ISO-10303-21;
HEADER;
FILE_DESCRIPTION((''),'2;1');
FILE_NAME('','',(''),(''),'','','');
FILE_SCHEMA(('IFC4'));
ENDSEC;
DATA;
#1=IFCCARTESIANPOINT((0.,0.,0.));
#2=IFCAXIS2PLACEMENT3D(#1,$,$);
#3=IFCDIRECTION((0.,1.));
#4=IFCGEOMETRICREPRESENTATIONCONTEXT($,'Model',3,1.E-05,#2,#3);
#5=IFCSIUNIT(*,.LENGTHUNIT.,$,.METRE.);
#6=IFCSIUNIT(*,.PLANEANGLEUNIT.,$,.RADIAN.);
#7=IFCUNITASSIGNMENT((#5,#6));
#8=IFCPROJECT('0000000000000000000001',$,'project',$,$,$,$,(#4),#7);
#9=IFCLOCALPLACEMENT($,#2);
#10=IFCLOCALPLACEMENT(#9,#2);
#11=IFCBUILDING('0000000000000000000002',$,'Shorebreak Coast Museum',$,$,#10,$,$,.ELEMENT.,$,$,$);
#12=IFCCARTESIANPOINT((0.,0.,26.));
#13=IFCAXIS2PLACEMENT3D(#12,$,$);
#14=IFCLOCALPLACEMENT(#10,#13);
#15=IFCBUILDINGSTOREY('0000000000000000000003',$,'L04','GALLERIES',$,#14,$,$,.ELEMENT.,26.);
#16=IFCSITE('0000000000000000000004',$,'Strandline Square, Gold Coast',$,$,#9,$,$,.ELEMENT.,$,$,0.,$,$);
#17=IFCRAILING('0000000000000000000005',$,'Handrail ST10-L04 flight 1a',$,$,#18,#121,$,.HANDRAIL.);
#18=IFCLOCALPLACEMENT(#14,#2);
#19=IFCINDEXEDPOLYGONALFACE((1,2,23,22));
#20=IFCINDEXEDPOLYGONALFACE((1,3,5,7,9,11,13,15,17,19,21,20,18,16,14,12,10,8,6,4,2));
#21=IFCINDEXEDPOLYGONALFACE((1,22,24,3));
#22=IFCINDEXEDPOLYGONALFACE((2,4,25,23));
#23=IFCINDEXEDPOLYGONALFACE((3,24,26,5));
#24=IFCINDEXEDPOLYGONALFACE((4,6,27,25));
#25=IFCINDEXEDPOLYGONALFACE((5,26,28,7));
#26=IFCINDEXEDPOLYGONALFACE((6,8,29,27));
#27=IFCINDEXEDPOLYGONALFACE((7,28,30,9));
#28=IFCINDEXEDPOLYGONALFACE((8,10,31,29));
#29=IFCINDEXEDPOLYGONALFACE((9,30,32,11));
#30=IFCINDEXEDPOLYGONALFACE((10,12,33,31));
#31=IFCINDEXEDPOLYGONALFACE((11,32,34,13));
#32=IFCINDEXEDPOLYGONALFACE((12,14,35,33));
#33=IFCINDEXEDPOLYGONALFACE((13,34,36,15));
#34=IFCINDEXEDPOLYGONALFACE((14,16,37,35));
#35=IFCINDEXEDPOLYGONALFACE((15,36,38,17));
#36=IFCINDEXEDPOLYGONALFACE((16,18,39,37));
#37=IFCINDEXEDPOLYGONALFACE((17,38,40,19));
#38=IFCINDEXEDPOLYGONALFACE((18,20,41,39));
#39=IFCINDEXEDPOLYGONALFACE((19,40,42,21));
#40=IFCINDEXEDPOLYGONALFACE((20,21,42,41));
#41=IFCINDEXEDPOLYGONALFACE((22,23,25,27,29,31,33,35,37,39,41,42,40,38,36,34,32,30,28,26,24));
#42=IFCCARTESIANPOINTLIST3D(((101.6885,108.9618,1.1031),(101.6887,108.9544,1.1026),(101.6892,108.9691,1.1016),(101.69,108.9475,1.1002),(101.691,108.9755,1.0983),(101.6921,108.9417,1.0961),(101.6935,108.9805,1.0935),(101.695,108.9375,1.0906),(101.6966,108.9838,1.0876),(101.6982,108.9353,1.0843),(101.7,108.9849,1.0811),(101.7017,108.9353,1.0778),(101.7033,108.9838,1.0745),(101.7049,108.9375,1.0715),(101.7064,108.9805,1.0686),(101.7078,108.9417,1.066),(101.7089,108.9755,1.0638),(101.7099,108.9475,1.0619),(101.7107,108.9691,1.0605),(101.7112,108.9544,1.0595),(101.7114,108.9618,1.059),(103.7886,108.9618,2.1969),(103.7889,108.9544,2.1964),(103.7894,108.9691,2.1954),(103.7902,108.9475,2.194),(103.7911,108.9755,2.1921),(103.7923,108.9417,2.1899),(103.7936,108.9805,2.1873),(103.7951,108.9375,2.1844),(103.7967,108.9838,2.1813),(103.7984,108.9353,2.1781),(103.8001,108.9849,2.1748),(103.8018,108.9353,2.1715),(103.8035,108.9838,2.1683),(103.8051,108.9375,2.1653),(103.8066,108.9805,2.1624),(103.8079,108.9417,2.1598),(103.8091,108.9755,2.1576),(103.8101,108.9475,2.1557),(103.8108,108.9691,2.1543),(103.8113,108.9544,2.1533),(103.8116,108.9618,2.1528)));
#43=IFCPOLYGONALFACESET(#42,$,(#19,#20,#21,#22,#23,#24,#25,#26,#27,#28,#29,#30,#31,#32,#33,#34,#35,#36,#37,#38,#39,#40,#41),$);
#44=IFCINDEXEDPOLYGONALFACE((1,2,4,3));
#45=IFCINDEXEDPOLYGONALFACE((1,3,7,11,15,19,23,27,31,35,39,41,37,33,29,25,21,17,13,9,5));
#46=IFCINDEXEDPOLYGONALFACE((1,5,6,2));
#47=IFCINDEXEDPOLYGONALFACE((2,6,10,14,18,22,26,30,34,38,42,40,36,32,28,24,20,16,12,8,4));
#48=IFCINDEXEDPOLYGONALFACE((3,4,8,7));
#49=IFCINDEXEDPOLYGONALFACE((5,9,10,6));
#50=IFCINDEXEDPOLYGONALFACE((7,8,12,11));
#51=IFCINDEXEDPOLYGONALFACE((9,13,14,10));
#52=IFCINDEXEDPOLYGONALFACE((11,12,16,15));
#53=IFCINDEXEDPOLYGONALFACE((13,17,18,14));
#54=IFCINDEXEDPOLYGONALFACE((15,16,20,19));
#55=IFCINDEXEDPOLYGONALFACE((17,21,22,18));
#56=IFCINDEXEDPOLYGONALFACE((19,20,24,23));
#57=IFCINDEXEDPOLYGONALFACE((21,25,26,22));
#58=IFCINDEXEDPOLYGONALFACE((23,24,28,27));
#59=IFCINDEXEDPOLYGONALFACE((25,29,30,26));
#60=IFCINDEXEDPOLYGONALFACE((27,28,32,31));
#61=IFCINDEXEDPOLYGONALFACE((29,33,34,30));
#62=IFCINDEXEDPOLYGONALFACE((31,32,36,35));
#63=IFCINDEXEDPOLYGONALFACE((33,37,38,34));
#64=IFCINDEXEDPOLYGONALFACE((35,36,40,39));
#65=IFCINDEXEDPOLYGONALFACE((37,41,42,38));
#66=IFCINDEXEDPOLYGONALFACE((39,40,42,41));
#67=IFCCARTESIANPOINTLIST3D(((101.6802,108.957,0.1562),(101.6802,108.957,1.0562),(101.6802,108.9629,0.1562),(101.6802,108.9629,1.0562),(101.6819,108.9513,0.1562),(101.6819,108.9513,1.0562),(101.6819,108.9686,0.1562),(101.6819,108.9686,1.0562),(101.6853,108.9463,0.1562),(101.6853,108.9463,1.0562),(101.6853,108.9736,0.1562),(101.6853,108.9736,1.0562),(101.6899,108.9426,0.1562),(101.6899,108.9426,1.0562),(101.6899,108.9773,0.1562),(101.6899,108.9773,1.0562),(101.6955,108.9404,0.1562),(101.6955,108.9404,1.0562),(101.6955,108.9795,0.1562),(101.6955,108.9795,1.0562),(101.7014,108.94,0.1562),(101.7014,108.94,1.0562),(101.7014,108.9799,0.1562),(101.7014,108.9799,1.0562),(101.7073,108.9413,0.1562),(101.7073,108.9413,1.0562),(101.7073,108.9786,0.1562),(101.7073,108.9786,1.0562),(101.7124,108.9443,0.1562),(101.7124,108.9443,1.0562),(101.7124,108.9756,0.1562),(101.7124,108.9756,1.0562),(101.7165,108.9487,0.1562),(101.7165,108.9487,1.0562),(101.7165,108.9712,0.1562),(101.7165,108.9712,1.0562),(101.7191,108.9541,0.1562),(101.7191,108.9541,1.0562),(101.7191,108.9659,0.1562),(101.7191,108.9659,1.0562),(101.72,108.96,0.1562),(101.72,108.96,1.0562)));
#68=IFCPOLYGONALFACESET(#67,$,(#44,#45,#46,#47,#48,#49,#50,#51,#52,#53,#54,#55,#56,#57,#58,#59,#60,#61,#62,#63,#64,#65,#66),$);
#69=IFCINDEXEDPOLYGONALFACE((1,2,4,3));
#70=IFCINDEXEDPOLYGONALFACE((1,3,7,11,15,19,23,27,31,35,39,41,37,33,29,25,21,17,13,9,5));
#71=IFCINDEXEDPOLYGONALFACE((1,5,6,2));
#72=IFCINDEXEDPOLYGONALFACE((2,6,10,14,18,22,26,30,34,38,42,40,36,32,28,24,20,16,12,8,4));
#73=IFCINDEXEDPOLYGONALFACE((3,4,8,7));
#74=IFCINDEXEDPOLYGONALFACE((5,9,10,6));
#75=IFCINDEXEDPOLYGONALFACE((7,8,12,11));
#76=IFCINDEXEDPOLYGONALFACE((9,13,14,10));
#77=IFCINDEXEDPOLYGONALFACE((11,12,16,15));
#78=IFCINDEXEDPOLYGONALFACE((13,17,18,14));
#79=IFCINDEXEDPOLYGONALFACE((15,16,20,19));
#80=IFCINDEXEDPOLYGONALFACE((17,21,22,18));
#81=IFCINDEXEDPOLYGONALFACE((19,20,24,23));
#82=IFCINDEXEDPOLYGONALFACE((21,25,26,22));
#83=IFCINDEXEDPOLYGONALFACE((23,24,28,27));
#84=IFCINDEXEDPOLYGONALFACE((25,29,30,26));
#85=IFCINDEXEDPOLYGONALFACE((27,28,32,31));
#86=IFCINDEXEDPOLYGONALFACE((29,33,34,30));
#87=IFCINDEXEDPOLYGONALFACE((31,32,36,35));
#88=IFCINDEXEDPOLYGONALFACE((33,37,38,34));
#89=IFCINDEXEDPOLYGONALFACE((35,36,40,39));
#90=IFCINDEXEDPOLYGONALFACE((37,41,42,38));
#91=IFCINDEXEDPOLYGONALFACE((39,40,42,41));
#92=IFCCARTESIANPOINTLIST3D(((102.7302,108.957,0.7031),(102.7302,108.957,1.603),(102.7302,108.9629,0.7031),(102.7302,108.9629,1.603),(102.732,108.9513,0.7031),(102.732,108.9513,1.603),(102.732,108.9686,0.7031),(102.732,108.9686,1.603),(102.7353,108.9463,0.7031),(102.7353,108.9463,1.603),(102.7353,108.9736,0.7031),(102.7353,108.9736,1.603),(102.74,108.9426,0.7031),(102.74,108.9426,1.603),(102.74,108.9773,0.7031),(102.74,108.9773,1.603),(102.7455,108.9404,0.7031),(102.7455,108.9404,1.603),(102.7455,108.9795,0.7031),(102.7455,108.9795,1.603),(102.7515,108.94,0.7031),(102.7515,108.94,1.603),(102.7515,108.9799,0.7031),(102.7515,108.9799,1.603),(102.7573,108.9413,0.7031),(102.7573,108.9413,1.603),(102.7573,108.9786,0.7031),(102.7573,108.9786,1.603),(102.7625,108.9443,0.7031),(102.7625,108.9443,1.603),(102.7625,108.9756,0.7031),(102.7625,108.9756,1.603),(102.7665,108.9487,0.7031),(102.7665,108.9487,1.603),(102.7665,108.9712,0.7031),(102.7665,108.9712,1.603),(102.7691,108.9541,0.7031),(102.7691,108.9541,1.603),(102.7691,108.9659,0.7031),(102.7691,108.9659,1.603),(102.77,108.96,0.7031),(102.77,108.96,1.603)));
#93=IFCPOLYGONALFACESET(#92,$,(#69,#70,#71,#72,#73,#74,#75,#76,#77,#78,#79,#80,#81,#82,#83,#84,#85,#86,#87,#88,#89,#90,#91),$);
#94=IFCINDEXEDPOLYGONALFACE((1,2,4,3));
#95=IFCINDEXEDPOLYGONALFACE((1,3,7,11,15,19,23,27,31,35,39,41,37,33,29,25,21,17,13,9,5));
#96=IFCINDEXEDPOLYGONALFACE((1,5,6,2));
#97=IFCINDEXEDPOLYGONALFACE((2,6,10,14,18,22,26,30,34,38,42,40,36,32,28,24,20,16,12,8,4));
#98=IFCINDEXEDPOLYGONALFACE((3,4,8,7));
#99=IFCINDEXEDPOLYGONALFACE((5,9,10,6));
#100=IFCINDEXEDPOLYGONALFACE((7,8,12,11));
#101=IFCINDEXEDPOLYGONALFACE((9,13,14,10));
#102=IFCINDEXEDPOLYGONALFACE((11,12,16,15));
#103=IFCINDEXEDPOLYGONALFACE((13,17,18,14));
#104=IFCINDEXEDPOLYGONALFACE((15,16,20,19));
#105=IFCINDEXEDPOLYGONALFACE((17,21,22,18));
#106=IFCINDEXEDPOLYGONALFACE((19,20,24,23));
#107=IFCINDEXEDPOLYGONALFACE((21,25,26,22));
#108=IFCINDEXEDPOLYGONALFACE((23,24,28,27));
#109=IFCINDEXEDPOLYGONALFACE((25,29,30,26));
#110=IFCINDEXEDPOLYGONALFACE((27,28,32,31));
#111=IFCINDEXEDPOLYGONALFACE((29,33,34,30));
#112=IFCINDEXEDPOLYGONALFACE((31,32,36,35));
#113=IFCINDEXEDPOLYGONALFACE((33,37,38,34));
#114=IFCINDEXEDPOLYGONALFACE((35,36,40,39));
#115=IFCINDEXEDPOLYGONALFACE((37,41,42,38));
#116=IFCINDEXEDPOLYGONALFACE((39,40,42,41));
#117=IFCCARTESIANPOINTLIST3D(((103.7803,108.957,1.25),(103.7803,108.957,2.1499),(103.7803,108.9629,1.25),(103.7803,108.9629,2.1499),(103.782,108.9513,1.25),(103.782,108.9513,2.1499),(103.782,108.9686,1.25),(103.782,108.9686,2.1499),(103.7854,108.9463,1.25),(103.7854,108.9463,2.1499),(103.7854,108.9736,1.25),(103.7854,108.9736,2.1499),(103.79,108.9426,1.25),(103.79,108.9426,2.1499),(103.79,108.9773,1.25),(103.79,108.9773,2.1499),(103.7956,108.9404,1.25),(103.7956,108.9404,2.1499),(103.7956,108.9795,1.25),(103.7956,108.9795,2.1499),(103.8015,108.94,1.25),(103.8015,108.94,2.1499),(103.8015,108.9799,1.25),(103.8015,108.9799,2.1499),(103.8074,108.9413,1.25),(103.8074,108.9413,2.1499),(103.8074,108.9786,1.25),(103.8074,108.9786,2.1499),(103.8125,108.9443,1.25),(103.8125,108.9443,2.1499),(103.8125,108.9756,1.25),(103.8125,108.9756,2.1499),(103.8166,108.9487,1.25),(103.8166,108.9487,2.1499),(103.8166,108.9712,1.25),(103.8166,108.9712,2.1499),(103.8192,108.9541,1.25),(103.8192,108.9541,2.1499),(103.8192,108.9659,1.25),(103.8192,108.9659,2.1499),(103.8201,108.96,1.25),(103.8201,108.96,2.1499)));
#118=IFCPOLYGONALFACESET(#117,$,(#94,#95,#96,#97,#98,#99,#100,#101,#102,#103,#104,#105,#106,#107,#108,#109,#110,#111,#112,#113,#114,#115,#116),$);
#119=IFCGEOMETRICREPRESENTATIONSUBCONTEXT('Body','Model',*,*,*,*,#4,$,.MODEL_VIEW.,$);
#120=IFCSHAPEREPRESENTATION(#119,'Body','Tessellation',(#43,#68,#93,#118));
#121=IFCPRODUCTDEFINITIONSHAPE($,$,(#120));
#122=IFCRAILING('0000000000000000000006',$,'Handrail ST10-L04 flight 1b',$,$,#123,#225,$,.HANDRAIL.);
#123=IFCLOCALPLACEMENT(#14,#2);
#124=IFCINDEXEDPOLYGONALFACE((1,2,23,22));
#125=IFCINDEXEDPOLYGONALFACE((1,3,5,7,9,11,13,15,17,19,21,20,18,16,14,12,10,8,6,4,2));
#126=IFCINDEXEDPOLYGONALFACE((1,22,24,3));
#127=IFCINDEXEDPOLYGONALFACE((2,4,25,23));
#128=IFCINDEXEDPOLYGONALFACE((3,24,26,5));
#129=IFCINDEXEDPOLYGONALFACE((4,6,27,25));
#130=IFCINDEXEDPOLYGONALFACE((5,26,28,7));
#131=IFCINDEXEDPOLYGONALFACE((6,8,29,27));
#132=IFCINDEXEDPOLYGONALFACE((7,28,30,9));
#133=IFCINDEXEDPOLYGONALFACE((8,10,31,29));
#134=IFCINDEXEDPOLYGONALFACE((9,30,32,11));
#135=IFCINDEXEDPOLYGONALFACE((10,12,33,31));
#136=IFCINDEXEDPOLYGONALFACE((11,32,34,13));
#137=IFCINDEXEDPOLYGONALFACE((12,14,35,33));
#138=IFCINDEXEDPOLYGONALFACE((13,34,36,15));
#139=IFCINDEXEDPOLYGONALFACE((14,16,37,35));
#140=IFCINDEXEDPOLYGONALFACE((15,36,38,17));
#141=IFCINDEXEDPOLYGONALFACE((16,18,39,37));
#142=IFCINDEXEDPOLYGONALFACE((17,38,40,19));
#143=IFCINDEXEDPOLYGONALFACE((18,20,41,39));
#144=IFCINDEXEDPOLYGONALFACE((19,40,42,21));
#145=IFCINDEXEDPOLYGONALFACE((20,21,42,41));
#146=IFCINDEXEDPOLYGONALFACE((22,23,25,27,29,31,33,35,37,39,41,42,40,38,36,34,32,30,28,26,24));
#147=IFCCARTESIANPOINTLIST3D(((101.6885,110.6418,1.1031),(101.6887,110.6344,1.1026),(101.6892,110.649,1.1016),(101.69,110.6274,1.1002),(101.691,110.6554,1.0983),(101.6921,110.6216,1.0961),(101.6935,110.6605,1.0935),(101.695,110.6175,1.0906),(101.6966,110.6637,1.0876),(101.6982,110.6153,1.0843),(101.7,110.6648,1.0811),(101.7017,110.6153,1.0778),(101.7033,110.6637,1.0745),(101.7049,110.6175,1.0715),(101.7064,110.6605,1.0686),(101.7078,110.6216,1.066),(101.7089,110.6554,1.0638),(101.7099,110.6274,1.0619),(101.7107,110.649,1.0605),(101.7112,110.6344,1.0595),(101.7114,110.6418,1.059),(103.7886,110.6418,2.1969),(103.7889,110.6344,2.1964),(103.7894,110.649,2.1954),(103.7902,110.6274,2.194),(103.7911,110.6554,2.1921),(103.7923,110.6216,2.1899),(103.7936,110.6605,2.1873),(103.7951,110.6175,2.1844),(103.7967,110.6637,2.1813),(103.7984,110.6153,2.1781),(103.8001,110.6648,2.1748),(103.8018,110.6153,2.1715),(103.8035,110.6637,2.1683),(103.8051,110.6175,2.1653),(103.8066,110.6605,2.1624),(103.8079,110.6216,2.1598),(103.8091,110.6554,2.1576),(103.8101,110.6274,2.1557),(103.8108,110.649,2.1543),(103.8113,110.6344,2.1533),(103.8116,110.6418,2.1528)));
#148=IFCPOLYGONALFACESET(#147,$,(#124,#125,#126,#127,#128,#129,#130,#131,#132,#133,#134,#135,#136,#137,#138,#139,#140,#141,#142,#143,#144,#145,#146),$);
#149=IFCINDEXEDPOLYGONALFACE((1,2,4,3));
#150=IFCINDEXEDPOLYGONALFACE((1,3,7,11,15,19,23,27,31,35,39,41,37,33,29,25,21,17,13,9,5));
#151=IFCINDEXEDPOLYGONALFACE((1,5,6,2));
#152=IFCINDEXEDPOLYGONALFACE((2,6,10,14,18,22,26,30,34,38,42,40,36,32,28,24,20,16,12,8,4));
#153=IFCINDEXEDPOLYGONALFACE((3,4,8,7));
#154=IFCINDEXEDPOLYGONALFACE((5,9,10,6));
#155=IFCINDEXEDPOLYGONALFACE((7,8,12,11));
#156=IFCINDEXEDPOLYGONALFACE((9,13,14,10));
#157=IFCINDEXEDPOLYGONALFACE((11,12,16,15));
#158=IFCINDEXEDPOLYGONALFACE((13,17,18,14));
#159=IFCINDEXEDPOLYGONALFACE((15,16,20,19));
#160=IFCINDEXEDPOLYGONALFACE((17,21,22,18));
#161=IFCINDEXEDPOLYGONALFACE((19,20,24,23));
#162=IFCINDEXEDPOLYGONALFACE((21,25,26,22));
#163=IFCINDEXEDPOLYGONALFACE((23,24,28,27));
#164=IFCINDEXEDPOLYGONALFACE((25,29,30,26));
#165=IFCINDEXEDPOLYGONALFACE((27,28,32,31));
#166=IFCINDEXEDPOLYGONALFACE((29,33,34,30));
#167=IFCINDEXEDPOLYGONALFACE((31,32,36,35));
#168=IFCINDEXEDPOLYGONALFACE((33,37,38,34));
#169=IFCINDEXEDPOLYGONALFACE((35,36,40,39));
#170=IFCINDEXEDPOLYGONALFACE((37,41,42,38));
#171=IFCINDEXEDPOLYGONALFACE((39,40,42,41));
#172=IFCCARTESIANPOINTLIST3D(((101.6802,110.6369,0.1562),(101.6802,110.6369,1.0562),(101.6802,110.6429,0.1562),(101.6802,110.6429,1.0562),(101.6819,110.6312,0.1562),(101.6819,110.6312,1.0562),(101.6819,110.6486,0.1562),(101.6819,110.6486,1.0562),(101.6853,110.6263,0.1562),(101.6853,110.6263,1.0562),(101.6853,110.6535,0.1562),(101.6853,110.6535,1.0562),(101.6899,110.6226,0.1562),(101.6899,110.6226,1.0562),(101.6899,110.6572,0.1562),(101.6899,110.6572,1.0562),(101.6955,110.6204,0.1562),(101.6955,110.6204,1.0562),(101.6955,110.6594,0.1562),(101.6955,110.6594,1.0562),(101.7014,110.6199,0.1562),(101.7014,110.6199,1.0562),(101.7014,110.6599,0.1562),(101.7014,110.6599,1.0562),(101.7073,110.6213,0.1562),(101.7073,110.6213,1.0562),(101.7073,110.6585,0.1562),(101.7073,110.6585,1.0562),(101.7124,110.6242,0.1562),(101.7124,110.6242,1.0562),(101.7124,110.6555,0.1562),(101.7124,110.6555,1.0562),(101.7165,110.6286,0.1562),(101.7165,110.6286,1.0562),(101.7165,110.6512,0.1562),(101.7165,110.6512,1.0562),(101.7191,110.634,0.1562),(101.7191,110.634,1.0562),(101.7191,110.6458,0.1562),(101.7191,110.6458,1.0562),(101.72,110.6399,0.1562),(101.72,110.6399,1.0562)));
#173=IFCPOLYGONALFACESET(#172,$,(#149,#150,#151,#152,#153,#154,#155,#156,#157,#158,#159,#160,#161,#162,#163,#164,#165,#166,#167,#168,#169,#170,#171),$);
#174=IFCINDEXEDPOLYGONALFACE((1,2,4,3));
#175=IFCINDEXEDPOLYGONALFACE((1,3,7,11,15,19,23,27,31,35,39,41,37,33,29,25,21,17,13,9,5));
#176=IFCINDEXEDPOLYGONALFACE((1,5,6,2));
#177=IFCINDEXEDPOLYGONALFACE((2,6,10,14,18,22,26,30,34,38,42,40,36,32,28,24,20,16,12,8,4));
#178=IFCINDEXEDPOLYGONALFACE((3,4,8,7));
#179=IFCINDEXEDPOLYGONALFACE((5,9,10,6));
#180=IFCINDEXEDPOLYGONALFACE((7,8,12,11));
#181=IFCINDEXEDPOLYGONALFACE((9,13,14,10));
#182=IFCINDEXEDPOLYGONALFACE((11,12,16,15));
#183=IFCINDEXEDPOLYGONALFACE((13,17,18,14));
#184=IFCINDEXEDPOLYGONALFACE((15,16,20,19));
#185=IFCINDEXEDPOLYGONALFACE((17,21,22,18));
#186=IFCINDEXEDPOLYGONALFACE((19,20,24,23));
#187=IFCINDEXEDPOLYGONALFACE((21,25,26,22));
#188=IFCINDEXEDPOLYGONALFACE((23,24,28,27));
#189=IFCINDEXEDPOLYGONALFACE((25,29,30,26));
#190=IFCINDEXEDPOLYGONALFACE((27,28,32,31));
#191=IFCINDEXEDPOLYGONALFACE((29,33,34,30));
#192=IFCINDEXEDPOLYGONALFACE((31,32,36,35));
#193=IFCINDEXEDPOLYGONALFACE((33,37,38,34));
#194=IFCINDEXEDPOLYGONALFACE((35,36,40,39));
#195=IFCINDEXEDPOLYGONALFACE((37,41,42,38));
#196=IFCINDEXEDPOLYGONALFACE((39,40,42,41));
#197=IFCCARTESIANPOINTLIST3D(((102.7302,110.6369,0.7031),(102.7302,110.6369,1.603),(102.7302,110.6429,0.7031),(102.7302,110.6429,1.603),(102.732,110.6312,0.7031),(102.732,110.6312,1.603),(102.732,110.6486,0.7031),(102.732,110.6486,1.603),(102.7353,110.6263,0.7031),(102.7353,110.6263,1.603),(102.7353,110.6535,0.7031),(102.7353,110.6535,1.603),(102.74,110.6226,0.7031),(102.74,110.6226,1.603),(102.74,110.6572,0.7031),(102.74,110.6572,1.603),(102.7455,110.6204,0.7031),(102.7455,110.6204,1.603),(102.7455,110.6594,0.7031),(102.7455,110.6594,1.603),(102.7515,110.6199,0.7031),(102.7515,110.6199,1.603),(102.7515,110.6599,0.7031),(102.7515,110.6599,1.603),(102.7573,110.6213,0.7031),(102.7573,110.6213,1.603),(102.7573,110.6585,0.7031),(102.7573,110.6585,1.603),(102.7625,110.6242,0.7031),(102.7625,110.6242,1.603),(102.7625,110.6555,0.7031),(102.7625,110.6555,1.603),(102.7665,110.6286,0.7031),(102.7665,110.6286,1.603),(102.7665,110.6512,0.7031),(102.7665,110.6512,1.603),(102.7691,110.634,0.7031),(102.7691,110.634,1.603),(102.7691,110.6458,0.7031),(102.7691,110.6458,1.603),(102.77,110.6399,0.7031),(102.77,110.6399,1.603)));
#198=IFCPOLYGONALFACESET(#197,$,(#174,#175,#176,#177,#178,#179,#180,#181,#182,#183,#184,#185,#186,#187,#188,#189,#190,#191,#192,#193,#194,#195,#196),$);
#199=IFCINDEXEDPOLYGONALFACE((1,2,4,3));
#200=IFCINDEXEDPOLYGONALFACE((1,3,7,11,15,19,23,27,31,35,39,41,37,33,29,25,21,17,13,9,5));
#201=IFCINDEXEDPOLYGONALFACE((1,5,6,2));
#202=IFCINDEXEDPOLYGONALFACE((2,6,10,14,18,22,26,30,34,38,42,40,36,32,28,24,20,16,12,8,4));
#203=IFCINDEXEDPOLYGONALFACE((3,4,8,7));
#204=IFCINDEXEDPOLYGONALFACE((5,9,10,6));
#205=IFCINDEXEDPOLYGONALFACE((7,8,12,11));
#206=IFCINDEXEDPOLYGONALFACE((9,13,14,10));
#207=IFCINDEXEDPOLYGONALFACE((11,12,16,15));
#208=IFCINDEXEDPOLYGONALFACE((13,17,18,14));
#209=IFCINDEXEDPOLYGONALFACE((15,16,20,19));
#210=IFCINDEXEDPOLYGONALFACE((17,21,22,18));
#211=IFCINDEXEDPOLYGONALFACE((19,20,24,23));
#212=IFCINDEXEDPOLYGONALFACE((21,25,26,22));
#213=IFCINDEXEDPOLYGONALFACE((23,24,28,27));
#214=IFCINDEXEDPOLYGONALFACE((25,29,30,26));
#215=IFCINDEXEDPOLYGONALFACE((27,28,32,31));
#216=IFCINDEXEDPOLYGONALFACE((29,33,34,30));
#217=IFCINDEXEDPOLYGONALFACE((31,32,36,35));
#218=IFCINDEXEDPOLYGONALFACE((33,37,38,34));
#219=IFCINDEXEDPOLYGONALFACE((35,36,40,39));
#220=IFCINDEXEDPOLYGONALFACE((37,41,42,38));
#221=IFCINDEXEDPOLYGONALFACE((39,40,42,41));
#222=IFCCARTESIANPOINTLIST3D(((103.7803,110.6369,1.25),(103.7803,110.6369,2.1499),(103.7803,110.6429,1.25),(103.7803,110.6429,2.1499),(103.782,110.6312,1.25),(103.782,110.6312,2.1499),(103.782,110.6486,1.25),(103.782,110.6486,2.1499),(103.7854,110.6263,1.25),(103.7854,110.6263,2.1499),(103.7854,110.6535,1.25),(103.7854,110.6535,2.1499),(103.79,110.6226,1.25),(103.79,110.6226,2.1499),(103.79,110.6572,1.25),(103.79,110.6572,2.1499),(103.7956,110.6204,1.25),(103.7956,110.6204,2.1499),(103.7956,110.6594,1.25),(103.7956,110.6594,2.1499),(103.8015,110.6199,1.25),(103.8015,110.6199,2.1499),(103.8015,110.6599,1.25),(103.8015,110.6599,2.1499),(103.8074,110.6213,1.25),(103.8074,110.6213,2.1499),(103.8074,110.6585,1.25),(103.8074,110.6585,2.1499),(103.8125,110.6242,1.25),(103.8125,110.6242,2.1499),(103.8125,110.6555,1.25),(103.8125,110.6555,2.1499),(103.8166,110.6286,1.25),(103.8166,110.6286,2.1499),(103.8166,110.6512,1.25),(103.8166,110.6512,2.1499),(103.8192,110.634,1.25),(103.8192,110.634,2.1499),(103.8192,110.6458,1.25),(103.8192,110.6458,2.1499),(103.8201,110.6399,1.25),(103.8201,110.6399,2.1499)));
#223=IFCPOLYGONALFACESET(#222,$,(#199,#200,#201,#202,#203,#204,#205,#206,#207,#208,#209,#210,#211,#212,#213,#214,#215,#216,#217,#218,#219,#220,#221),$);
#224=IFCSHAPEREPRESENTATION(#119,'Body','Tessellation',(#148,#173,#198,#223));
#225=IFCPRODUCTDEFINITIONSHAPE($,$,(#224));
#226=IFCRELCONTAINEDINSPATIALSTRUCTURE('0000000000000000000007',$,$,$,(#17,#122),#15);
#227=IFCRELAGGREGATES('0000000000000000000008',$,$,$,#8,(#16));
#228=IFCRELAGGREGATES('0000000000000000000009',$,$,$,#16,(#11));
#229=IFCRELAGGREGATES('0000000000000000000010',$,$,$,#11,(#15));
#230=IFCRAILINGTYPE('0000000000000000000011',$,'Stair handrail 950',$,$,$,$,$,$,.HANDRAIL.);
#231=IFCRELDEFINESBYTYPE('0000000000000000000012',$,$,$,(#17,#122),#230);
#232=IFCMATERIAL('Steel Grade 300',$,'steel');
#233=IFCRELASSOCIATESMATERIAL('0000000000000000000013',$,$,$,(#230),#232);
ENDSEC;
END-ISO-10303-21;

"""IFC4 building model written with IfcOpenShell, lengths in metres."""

from ifc_helpers import new_model, si_unit, direction, frame, origin, origin_2d, place, context, subcontext, project, spatial, circle, extrude, material, type_object, element, save


model = new_model("IFC4")

# Units and contexts
model_context = context("Model", 3, precision=1e-05, world=origin(), true_north=direction((0.0, 1.0)))
body_context = subcontext(model_context, "Body", "Model", "MODEL_VIEW")
ifc_project = project(units=[si_unit("LENGTHUNIT", "METRE"), si_unit("PLANEANGLEUNIT", "RADIAN")], contexts=[model_context])

# Site, building, storey
site_placement = place(None, origin())
site = spatial("IfcSite", under=ifc_project, at=site_placement, Name="Strandline Square, Gold Coast", CompositionType="ELEMENT", RefElevation=0.0)
building_placement = place(site_placement, origin())
building = spatial("IfcBuilding", under=site, at=building_placement, Name="Shorebreak Coast Museum", CompositionType="ELEMENT")
storey_placement = place(building_placement, frame((0.0, 0.0, 26.0)))
storey = spatial("IfcBuildingStorey", under=building, at=storey_placement, Name="L04", Description="GALLERIES", CompositionType="ELEMENT", Elevation=26.0)

# Railings
ifc_material_1 = material(Name="Steel Grade 300", Category="steel")
railing_type_1 = type_object("IfcRailingType", Name="Stair handrail 950", PredefinedType="HANDRAIL", material=ifc_material_1)
for number, where, name in (
    (1, (101.7, 108.96, 0.1562), "Handrail ST10-L04 flight 1a"),
    (2, (101.7, 110.6399, 0.1562), "Handrail ST10-L04 flight 1b"),
):
    element("IfcRailing", number, at=place(storey_placement, frame(where)), inside=storey, type_object=railing_type_1, Name=name, PredefinedType="HANDRAIL", context=body_context, shape_type="SweptSolid", body=[
        extrude(circle(Radius=0.0249, at=origin_2d()), frame((0.0, 0.0, 0.9248), z_axis=(0.886923, 0.0, 0.461918), x_axis=(0.0, 1.0, 0.0)), (0.0, 0.0, 1.0), 2.3679),
        extrude(circle(Radius=0.02, at=origin_2d()), origin(), (0.0, 0.0, 1.0), 0.8999),
        extrude(circle(Radius=0.02, at=origin_2d()), frame((1.05, 0.0, 0.5469)), (0.0, 0.0, 1.0), 0.8999),
        extrude(circle(Radius=0.02, at=origin_2d()), frame((2.1001, 0.0, 1.0938)), (0.0, 0.0, 1.0), 0.8999),
    ])

save(model, "model.ifc")
